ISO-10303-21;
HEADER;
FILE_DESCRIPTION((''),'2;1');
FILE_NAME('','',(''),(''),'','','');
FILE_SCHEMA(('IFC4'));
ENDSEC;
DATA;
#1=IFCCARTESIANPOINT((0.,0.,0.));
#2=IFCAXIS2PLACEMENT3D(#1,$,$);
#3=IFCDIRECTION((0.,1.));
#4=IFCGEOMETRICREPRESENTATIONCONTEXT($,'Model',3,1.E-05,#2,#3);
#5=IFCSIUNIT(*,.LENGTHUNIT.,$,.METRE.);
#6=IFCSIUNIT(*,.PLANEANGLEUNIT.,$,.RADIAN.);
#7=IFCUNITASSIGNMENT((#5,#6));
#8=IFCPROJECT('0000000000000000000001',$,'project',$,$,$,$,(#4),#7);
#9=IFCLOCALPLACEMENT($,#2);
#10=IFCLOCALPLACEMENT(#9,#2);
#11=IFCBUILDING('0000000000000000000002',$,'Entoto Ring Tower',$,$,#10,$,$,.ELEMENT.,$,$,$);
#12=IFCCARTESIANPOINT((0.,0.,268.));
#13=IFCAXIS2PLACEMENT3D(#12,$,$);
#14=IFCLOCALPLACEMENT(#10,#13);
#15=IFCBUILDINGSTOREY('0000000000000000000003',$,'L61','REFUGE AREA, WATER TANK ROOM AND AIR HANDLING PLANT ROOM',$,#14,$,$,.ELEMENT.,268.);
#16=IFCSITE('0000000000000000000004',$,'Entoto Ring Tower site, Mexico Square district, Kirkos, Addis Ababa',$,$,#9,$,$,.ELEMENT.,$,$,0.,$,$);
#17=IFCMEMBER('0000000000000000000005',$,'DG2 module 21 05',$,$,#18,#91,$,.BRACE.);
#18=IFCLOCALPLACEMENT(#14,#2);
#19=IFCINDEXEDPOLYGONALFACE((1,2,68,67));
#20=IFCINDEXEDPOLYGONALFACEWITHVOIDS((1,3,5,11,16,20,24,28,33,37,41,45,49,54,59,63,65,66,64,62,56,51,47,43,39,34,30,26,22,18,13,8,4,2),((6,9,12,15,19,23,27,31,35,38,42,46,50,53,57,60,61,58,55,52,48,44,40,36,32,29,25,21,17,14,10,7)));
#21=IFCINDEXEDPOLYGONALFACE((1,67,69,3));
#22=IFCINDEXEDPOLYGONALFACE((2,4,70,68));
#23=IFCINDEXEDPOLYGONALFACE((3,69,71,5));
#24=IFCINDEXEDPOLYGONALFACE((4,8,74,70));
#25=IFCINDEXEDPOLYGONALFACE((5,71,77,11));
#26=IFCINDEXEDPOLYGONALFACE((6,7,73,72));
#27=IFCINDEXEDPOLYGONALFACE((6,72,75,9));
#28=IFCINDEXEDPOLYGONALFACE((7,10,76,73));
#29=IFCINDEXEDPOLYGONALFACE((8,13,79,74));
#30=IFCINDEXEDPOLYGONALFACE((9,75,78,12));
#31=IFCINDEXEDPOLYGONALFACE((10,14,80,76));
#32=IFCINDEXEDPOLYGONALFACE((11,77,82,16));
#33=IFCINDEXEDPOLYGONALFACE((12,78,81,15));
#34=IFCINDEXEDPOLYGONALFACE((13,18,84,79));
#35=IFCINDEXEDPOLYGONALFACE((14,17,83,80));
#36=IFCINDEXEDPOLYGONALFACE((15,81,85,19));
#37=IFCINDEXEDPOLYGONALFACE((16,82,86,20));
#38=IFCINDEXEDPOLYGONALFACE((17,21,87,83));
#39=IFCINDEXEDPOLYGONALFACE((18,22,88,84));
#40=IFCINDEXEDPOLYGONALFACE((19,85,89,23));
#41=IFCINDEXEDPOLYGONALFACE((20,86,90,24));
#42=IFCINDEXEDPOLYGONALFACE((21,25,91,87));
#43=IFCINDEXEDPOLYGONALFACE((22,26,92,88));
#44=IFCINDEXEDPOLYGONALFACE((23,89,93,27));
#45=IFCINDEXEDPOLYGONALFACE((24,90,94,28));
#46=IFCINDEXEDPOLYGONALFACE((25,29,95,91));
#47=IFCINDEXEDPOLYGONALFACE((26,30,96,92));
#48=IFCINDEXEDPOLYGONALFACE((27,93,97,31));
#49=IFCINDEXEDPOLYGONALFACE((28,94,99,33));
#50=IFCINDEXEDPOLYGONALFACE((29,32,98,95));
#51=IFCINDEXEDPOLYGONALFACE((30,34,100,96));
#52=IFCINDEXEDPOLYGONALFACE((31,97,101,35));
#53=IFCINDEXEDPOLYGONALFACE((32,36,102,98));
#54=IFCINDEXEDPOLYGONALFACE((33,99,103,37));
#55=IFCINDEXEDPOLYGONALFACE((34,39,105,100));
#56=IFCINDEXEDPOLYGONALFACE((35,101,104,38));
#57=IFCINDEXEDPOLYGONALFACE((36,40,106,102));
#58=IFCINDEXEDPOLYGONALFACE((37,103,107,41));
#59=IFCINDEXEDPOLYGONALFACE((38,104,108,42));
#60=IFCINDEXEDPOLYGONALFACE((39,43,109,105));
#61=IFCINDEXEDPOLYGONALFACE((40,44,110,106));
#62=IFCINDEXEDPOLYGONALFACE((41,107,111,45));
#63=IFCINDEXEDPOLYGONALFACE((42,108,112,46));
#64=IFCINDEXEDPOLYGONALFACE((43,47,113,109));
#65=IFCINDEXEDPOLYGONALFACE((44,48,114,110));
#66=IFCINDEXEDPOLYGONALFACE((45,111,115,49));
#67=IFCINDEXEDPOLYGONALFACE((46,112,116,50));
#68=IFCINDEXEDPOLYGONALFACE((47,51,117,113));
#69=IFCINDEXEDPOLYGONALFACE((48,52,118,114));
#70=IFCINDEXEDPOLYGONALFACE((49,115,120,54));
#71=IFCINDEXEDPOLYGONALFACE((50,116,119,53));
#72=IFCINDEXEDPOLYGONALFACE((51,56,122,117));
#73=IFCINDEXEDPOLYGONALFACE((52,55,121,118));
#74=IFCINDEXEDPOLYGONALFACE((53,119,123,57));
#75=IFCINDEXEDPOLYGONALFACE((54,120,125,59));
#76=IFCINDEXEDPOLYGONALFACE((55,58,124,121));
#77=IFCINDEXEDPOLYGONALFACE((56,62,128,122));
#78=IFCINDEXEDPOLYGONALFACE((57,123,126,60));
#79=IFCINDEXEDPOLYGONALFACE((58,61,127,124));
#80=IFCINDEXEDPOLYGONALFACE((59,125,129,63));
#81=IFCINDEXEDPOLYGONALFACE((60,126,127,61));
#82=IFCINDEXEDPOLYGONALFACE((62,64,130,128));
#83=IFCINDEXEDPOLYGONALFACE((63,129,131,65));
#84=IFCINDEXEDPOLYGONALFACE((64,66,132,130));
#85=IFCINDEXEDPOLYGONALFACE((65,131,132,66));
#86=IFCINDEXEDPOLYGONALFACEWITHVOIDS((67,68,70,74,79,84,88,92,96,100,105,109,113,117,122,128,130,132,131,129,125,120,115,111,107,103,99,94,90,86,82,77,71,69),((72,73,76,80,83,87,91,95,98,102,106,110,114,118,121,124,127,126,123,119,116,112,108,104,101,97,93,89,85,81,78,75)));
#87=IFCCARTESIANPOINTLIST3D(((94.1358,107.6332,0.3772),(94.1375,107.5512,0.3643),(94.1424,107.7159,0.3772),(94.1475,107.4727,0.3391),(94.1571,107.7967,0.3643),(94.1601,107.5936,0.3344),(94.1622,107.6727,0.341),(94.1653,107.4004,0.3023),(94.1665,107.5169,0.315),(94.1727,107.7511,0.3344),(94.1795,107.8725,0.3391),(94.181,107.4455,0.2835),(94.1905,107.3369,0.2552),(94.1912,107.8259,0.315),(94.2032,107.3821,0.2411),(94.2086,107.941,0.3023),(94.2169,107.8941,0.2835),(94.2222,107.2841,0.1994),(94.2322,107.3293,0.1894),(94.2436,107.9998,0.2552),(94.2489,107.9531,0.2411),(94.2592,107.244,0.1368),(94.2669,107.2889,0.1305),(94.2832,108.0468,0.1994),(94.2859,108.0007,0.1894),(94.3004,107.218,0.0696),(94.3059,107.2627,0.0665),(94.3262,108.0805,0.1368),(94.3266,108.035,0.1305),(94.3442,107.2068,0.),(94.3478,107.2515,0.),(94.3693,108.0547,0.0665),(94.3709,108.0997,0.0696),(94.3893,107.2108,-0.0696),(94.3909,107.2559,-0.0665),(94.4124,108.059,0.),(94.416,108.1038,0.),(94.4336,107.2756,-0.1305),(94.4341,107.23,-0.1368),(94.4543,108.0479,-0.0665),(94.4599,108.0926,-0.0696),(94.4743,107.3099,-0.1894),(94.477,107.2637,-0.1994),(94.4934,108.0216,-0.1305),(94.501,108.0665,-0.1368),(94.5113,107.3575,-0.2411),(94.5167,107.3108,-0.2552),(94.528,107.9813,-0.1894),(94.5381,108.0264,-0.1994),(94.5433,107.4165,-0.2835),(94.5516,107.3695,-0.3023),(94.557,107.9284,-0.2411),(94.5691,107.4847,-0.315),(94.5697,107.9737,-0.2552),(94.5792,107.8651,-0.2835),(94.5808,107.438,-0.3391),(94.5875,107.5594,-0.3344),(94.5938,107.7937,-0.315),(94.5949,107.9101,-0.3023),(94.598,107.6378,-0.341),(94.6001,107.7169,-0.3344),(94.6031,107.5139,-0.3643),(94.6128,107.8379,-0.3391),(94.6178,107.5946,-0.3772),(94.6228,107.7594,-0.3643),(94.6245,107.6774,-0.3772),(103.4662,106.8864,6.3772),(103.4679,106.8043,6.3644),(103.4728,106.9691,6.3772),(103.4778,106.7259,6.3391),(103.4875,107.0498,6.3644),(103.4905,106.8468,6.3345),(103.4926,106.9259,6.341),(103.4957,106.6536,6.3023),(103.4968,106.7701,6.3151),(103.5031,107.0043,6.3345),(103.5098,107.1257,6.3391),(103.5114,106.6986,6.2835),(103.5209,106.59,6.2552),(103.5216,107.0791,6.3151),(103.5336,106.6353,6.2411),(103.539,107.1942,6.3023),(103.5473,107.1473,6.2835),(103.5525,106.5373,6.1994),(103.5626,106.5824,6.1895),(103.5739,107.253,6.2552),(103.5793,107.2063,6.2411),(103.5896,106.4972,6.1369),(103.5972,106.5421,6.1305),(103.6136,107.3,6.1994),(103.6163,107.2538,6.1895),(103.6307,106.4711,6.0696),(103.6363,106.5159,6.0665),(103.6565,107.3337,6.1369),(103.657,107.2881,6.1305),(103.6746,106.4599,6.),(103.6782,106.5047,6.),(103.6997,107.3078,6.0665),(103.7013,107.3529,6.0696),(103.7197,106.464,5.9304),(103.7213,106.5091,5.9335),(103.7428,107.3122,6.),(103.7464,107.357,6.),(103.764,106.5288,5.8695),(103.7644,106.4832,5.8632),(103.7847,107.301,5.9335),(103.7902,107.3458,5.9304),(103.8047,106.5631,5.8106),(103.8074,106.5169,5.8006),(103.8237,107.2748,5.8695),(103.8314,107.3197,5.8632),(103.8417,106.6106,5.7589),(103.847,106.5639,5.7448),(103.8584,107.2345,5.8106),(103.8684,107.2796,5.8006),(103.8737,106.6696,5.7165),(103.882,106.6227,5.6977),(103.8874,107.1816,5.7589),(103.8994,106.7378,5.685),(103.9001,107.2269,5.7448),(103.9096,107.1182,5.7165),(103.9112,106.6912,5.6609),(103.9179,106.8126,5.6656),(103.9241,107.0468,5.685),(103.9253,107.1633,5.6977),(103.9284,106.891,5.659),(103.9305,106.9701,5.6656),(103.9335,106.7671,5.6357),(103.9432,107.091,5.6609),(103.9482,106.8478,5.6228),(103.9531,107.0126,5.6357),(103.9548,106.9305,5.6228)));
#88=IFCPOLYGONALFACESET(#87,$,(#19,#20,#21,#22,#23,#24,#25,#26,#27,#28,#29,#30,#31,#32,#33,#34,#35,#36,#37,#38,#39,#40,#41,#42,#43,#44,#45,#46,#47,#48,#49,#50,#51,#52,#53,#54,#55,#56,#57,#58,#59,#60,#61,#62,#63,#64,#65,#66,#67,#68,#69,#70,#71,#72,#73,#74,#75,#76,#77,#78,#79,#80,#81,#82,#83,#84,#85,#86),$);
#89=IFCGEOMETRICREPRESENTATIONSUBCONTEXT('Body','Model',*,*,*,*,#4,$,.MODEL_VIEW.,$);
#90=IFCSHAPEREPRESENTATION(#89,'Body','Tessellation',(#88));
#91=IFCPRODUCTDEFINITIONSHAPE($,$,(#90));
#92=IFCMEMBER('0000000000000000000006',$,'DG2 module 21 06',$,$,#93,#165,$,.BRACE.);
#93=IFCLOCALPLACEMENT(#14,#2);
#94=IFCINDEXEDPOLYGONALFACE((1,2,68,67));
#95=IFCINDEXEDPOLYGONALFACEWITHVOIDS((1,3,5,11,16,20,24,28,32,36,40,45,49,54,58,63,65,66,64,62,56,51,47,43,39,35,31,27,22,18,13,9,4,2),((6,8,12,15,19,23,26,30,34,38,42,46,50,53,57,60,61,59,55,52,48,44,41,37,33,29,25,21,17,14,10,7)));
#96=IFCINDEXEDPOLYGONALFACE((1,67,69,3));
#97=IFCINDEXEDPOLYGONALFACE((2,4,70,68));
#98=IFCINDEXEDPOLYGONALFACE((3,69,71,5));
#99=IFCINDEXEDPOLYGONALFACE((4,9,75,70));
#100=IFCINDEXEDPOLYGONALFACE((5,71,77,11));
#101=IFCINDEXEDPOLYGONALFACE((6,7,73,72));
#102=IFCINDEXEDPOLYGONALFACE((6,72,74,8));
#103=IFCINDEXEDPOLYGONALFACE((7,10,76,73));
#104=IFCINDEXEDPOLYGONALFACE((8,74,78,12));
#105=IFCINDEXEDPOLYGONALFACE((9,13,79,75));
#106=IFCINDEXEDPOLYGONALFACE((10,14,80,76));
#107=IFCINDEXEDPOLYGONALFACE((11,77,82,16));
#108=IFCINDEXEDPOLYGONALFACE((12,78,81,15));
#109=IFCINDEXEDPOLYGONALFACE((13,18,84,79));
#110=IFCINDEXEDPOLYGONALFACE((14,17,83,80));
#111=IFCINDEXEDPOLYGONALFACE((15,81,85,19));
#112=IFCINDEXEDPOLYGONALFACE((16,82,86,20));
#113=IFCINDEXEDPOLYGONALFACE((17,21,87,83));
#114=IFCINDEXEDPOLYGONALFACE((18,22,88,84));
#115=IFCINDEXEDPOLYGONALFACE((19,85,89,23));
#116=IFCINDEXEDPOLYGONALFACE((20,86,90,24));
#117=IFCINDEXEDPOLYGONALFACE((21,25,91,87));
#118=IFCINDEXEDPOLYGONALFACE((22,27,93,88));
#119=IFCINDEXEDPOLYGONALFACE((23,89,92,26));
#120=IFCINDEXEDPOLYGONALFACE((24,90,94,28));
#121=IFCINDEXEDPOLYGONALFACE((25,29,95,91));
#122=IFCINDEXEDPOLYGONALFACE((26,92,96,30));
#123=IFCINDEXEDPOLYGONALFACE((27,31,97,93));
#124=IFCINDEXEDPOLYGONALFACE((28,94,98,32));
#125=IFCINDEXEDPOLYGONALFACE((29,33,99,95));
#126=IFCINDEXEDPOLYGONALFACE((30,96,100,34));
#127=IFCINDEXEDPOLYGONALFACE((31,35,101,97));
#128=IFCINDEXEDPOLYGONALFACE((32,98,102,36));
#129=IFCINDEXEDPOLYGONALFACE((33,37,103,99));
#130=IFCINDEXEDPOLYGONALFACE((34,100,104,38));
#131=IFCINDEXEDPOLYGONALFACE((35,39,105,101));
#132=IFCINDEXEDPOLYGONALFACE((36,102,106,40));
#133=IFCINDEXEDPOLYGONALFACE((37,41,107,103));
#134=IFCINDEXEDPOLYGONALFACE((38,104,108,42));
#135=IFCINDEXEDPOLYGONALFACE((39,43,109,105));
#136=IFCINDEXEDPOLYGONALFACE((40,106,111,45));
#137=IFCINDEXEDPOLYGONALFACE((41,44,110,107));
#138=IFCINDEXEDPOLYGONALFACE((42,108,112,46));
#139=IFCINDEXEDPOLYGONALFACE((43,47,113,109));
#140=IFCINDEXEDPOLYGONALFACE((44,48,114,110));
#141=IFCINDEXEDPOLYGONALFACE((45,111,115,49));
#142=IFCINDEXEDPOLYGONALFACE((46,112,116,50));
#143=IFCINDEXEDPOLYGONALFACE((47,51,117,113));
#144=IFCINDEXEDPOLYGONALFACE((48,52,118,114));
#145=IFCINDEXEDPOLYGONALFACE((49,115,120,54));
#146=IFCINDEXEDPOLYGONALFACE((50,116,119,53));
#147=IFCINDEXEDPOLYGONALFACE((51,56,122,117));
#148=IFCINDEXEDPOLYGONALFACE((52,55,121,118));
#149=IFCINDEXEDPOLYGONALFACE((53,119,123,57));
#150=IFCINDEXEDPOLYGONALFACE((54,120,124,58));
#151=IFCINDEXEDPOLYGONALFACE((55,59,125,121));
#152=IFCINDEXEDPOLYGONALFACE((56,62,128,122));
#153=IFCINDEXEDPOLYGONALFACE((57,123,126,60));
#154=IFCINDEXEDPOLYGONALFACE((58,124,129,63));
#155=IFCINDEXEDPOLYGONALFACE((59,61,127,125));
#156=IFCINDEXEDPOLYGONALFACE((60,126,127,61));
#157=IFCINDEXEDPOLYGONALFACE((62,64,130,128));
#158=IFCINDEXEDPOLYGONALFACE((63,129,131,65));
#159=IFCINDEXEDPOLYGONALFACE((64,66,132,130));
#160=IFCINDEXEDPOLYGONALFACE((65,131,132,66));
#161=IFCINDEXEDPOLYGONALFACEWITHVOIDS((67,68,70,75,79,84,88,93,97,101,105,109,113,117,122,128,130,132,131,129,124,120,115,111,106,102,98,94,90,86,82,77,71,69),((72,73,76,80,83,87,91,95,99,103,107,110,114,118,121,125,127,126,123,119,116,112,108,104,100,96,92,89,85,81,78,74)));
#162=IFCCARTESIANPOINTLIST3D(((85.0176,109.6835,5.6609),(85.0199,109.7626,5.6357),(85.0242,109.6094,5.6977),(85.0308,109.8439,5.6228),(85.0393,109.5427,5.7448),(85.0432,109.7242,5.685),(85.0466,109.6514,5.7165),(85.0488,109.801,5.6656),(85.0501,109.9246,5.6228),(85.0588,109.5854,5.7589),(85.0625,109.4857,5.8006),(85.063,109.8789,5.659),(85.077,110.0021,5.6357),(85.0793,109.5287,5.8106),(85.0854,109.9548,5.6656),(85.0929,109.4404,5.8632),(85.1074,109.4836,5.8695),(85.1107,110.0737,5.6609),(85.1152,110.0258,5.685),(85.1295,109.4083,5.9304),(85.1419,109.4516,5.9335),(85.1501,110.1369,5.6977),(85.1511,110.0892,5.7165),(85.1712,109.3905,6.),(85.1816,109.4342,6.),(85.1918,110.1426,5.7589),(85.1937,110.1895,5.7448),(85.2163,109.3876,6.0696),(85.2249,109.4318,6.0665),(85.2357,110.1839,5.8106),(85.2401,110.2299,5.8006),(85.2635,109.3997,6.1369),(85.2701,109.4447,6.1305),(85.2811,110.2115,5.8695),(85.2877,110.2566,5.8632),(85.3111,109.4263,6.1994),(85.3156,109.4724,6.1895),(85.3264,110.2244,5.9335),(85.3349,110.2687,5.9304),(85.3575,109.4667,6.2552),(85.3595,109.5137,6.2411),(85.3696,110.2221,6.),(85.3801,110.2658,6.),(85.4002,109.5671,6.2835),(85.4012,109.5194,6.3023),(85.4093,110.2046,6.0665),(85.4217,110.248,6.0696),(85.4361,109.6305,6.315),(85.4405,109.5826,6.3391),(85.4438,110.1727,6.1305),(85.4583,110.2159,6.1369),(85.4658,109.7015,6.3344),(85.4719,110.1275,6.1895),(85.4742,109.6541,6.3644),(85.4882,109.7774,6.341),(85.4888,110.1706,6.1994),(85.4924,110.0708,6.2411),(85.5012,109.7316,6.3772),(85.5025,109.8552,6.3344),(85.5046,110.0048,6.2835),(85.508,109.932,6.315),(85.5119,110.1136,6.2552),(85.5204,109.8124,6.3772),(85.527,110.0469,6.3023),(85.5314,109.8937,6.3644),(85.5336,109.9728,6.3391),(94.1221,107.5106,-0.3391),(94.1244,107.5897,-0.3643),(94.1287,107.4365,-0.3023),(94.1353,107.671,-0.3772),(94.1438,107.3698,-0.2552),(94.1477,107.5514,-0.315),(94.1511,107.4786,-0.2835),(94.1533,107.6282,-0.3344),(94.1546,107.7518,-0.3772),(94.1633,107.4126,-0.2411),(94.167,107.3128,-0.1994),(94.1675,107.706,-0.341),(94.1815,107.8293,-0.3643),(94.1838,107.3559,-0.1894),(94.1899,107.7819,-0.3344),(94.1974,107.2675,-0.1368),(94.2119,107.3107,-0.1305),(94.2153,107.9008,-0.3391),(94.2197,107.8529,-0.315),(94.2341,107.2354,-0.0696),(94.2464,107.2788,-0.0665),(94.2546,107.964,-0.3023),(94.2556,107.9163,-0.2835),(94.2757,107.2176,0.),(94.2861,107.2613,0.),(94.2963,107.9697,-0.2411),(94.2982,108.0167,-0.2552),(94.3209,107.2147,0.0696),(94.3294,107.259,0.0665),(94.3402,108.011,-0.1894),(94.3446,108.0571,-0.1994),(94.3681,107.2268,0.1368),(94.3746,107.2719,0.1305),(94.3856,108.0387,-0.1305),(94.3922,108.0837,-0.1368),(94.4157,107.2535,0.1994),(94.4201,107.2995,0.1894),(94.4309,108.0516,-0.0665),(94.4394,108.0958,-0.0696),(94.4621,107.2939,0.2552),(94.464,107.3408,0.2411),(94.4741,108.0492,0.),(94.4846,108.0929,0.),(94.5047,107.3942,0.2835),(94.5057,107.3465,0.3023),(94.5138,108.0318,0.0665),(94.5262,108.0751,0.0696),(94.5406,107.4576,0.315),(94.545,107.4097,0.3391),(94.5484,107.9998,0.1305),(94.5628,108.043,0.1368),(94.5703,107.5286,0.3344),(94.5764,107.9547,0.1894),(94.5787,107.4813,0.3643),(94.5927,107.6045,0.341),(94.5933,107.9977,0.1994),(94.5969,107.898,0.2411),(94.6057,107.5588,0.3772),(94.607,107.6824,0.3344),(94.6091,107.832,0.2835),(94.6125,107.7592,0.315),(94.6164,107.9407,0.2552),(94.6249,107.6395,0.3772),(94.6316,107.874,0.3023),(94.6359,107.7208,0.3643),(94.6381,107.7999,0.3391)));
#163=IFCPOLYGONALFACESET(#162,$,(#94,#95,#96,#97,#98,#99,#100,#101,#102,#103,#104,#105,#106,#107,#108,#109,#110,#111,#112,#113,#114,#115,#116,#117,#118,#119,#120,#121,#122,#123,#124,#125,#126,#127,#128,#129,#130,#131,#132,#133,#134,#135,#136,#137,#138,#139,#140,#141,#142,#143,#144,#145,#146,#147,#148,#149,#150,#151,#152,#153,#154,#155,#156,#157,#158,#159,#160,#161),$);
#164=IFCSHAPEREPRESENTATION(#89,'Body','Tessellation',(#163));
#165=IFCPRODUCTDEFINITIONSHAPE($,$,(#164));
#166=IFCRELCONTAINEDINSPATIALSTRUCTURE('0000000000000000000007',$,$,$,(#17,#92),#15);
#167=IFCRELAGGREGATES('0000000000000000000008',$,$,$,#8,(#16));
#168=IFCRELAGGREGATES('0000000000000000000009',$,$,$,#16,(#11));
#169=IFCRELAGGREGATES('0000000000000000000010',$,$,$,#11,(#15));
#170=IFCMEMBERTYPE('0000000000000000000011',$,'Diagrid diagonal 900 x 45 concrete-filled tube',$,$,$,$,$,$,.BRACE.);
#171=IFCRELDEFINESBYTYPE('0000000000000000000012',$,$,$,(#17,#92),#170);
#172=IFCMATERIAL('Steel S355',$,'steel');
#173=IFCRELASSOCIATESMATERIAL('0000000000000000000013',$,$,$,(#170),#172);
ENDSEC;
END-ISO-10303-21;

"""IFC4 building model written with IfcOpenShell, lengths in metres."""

from ifc_helpers import new_model, si_unit, direction, frame, origin, origin_2d, place, context, subcontext, project, spatial, circle, hollow_circle, extrude, material, material_profile, profile_set, type_object, element, save


model = new_model("IFC4")

# Units and contexts
model_context = context("Model", 3, precision=1e-05, world=origin(), true_north=direction((0.0, 1.0)))
body_context = subcontext(model_context, "Body", "Model", "MODEL_VIEW")
ifc_project = project(units=[si_unit("LENGTHUNIT", "METRE"), si_unit("PLANEANGLEUNIT", "RADIAN")], contexts=[model_context])

# Site, building, storey
site_placement = place(None, origin())
site = spatial("IfcSite", under=ifc_project, at=site_placement, Name="Entoto Ring Tower site, Mexico Square district, Kirkos, Addis Ababa", CompositionType="ELEMENT", RefElevation=0.0)
building_placement = place(site_placement, origin())
building = spatial("IfcBuilding", under=site, at=building_placement, Name="Entoto Ring Tower", CompositionType="ELEMENT")
storey_placement = place(building_placement, frame((0.0, 0.0, 268.0)))
storey = spatial("IfcBuildingStorey", under=building, at=storey_placement, Name="L61", Description="REFUGE AREA, WATER TANK ROOM AND AIR HANDLING PLANT ROOM", CompositionType="ELEMENT", Elevation=268.0)

# Members
ifc_material_1 = material(Name="Steel S355", Category="steel")
ifc_material_profile_1 = material_profile(ifc_material_1, hollow_circle(Radius=0.45, WallThickness=0.0449, at=origin_2d()), Name="CHS 900 x 45")
ifc_material_2 = material(Name="Concrete C60/75", Category="concrete")
ifc_material_profile_2 = material_profile(ifc_material_2, circle(Radius=0.405, at=origin_2d()), Name="Concrete C60/75 infill")
ifc_profile_set_1 = profile_set([ifc_material_profile_1, ifc_material_profile_2], Name="Steel S355")
member_type_1 = type_object("IfcMemberType", Name="Diagrid diagonal 900 x 45 concrete-filled tube", PredefinedType="BRACE", material=ifc_profile_set_1)
for number, where, z_axis, x_axis, name in (
    (1, (94.3801, 107.6553, 0.0), (0.839199, -0.067172, 0.539659), (0.079788, 0.996812, 0.0), "DG2 module 21 05"),
    (2, (94.3801, 107.6553, 0.0), (-0.818886, 0.195433, 0.539659), (-0.232138, -0.972683, 0.0), "DG2 module 21 06"),
):
    element("IfcMember", number, at=place(storey_placement, frame(where, z_axis=z_axis, x_axis=x_axis)), inside=storey, type_object=member_type_1, Name=name, PredefinedType="BRACE", context=body_context, shape_type="SweptSolid", body=[
        extrude(hollow_circle(Radius=0.45, WallThickness=0.0449, at=origin_2d()), origin(), (0.0, 0.0, 1.0), 11.1182),
    ])

save(model, "model.ifc")
